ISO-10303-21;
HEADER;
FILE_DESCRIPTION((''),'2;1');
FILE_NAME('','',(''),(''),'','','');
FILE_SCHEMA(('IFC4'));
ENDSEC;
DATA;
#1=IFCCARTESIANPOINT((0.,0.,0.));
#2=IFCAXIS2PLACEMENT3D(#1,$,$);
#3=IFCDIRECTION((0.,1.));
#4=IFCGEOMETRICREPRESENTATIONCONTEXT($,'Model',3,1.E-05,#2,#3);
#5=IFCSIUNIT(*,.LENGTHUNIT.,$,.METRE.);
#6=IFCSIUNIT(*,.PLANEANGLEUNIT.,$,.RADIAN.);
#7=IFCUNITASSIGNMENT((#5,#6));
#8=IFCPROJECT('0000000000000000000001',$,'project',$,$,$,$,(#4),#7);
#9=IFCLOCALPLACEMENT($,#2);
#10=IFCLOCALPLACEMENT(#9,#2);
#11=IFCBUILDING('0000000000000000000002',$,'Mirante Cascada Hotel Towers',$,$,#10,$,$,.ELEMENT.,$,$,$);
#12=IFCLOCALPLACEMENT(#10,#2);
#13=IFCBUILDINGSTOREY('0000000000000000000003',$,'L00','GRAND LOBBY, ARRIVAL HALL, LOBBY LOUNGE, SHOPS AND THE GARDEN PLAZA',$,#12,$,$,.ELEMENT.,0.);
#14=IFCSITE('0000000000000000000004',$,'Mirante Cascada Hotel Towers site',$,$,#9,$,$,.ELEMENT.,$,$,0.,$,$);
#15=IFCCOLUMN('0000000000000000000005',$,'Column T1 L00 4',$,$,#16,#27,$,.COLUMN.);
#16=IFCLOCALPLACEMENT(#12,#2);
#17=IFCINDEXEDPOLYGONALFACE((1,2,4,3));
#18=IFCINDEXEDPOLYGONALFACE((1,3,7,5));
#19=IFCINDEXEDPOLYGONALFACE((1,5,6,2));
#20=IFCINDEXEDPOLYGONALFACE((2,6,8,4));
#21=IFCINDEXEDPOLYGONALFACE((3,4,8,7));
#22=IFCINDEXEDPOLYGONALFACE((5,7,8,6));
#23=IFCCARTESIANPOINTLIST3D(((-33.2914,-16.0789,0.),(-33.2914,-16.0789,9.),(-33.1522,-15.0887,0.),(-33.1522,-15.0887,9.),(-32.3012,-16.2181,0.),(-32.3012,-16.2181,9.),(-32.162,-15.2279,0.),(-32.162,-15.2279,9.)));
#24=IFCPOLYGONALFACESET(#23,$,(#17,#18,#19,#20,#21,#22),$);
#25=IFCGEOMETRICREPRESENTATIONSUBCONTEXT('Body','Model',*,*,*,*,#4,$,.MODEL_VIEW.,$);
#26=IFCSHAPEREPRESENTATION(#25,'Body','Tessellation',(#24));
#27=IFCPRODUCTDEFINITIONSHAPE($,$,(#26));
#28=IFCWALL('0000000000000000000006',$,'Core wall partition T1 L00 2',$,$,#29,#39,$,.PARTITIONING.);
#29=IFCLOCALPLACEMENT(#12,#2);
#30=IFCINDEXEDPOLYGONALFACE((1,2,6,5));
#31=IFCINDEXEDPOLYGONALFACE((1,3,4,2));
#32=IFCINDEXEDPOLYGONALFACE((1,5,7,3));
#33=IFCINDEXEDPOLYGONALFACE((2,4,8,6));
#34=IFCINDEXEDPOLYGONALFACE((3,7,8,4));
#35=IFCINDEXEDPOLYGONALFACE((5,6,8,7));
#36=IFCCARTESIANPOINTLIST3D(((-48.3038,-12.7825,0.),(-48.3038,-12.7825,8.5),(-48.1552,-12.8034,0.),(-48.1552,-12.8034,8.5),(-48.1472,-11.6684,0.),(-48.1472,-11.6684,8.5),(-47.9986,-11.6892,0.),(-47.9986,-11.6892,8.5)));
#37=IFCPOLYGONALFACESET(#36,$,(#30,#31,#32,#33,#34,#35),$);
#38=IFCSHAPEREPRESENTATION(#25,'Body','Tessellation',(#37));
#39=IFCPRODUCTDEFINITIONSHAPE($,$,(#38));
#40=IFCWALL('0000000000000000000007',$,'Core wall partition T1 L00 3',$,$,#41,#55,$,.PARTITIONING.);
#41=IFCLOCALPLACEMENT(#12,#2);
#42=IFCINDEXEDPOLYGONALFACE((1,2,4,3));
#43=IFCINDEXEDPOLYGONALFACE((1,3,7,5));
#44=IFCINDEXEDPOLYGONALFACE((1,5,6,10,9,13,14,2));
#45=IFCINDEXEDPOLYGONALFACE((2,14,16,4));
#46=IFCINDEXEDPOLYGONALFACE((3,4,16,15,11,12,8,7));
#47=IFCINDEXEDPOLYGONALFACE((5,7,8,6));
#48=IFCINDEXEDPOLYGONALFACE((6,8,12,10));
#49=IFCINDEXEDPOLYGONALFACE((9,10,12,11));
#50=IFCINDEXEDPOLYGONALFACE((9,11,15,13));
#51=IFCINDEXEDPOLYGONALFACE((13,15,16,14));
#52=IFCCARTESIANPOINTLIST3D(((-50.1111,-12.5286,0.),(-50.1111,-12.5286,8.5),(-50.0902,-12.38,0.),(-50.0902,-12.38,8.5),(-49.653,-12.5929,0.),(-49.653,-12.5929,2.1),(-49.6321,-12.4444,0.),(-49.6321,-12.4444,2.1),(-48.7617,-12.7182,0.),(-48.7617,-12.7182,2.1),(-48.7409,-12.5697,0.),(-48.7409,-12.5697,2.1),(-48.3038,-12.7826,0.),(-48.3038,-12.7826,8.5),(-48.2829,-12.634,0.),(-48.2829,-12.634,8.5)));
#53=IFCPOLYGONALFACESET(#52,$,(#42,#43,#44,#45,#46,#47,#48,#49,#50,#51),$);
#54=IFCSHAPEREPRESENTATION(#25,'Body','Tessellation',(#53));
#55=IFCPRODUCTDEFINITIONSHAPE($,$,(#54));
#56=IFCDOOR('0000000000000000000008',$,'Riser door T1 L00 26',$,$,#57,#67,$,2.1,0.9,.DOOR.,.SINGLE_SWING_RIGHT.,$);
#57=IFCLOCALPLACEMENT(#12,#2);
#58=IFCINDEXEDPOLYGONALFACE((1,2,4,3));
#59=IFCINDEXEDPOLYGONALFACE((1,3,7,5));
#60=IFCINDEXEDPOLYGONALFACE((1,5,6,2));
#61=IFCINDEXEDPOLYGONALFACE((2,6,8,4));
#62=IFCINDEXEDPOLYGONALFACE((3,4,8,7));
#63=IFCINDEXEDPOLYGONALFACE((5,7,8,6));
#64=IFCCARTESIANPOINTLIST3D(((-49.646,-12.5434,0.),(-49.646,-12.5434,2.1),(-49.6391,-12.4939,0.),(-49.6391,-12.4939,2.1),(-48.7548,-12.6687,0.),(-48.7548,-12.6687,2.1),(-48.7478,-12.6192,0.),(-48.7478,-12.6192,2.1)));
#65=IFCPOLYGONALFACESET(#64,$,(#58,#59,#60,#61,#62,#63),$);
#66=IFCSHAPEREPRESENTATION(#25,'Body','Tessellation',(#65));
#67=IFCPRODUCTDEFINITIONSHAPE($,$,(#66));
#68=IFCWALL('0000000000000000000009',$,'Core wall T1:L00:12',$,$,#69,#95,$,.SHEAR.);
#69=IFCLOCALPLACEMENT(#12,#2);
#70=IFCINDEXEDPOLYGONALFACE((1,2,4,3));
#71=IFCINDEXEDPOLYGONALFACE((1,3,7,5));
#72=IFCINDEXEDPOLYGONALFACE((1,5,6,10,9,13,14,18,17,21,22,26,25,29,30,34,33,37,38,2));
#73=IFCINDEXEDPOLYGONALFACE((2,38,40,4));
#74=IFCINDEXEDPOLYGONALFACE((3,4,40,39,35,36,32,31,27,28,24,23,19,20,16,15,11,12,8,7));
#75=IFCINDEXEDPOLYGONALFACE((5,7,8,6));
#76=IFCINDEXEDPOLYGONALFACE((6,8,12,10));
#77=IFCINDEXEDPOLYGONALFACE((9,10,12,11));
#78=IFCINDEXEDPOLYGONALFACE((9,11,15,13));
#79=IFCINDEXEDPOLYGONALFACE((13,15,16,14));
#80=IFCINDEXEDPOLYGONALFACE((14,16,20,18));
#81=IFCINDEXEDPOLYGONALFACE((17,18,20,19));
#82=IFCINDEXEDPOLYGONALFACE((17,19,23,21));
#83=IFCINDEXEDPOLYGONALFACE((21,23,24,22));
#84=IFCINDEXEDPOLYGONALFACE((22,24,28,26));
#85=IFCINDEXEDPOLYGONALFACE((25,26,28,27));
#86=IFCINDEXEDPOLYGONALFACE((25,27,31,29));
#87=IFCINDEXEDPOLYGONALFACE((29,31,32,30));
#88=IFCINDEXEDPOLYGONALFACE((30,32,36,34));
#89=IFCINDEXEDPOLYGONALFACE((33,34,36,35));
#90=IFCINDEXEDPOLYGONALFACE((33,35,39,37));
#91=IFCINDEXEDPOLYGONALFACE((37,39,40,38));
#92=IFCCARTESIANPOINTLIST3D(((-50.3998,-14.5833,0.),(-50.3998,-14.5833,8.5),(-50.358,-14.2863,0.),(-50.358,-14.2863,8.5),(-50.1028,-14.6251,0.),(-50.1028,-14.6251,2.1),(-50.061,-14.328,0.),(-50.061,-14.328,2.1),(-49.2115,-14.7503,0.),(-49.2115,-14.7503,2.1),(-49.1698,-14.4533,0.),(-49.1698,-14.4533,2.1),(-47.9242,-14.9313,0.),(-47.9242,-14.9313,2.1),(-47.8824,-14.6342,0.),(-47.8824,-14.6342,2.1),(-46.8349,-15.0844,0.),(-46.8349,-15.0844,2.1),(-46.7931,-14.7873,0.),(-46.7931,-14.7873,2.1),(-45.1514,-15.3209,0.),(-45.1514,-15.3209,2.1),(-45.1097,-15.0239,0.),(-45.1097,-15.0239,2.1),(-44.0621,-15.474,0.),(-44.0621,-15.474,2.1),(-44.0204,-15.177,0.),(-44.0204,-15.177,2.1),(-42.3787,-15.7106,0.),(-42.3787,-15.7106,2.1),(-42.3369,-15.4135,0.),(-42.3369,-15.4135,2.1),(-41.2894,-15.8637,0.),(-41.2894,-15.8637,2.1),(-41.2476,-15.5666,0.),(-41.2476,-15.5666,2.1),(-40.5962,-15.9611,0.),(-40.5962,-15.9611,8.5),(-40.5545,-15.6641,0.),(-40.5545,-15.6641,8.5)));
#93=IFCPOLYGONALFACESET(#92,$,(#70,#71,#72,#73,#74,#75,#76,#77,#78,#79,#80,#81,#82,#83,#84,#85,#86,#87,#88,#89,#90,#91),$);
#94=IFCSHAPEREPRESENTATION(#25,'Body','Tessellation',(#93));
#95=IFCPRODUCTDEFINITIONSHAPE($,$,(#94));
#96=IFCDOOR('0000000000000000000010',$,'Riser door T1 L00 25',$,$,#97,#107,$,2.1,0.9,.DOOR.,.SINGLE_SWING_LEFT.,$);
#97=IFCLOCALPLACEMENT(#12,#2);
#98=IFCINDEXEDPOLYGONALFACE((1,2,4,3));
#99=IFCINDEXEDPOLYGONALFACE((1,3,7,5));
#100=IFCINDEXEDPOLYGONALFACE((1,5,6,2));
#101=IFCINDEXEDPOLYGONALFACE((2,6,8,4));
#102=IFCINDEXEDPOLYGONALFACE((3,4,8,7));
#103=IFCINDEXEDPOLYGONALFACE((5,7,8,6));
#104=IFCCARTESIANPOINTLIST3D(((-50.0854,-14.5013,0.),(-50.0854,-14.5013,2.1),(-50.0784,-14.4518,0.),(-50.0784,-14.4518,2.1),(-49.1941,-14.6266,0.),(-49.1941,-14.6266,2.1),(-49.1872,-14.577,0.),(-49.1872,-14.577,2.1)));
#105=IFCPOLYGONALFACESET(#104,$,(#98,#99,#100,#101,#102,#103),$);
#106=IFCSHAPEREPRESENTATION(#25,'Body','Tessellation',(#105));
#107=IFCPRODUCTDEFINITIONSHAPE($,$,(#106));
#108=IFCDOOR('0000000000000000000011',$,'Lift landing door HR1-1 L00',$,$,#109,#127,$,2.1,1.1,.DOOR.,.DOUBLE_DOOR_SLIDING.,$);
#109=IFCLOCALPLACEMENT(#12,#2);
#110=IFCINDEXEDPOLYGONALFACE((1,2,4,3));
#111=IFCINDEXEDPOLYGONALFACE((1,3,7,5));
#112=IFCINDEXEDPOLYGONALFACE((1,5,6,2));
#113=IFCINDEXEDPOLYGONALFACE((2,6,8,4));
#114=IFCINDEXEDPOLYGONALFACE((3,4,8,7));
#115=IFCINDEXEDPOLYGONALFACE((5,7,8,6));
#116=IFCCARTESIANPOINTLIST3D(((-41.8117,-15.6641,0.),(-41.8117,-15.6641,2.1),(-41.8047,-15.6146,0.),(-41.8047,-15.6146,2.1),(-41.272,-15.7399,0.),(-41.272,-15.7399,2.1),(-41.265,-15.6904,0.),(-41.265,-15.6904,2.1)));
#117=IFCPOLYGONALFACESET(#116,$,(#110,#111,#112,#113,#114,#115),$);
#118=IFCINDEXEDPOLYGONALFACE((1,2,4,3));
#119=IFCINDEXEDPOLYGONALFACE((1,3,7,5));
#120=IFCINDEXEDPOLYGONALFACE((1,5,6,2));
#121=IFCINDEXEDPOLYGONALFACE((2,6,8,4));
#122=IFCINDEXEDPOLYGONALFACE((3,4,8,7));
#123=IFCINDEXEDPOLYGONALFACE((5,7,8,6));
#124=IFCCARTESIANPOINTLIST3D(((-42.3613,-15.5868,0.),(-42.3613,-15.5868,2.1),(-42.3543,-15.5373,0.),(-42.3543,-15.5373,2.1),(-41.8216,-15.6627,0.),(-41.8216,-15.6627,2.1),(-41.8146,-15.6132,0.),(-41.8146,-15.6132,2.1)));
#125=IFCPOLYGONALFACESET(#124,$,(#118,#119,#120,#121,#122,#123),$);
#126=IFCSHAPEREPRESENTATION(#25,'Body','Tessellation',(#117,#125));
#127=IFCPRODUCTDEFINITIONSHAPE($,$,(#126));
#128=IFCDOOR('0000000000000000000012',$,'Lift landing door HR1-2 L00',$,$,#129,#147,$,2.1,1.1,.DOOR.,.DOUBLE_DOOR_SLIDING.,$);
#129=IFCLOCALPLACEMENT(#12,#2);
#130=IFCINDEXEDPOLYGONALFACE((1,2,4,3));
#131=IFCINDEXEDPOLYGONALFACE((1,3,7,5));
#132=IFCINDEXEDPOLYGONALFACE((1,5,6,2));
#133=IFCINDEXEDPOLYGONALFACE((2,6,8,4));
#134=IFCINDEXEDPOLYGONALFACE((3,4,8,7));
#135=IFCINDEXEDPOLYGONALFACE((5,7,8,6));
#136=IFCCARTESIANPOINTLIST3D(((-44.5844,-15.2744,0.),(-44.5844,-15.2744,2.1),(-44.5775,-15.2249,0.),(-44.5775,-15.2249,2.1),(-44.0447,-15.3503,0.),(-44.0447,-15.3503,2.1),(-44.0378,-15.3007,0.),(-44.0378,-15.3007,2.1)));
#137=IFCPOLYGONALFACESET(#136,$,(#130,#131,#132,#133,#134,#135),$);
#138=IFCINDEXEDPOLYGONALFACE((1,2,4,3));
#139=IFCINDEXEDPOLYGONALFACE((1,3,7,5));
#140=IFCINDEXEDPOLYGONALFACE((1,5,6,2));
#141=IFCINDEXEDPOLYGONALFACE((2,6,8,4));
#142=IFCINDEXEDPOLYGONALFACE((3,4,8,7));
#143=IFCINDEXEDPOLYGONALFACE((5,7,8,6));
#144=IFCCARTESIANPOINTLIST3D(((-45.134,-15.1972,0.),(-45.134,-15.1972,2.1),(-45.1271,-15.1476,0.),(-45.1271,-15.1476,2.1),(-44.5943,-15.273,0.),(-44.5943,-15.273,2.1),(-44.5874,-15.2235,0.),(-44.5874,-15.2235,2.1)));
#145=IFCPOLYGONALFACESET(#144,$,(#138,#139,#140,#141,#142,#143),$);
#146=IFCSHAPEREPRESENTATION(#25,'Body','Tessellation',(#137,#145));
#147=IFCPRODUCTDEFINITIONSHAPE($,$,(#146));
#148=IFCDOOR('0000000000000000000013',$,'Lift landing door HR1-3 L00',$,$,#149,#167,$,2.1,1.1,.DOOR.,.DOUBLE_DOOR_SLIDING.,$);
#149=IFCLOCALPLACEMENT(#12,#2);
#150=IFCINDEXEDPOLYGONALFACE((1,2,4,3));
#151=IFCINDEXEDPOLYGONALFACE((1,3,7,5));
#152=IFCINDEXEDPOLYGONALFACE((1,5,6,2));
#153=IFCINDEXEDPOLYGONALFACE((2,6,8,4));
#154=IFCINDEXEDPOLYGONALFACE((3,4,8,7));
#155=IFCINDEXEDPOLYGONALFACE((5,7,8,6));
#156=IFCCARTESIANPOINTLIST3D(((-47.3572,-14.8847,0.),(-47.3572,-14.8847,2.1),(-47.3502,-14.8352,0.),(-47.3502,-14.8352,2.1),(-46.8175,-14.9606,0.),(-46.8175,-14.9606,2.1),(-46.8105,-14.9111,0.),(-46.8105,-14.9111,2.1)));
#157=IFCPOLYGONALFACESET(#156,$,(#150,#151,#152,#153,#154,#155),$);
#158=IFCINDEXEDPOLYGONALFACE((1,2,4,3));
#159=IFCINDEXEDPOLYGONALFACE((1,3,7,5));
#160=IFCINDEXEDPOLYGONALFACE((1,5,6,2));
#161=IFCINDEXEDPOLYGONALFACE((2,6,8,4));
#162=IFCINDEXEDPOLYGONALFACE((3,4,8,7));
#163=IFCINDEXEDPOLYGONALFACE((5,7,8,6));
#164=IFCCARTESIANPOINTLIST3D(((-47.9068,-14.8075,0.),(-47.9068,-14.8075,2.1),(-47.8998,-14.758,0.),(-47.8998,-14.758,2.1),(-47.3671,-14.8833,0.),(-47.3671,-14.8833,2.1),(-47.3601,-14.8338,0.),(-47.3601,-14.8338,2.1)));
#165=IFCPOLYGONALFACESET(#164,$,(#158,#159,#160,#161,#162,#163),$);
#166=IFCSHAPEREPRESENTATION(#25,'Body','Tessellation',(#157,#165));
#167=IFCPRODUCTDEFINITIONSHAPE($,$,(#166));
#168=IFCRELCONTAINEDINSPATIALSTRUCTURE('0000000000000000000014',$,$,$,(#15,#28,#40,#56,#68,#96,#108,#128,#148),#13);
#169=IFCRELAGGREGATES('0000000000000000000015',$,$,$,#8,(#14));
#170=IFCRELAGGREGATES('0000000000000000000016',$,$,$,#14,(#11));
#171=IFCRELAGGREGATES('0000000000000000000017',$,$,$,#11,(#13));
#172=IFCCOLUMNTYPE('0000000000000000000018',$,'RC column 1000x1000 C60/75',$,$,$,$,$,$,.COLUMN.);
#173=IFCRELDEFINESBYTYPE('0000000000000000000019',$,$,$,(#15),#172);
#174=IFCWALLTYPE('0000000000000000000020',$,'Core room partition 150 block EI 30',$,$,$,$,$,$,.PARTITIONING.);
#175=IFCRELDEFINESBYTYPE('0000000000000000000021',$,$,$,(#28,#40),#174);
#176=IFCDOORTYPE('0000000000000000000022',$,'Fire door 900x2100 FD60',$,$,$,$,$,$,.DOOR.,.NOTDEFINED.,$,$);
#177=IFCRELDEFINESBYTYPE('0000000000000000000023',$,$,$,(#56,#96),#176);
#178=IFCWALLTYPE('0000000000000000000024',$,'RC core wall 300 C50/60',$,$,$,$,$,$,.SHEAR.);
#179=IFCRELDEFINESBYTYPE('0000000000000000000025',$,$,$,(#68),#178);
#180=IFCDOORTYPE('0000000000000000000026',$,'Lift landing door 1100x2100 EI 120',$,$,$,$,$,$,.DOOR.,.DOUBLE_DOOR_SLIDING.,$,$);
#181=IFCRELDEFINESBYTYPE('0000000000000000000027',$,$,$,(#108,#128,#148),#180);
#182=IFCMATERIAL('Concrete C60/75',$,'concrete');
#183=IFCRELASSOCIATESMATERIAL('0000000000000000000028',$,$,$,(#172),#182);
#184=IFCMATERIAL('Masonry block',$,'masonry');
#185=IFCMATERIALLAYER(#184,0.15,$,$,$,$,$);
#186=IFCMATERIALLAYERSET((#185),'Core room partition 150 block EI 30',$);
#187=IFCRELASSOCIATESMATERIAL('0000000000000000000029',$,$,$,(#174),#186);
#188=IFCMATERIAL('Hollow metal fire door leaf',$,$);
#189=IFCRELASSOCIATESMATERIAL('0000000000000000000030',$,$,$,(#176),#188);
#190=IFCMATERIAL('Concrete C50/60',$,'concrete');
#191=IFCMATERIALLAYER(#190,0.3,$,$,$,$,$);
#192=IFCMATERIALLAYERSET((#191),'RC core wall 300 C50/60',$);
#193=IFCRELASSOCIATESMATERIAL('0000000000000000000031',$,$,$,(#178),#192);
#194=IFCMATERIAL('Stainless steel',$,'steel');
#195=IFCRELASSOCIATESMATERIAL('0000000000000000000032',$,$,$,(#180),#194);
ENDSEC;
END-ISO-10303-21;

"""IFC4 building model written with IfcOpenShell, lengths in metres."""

from ifc_helpers import new_model, si_unit, direction, frame, frame_2d, origin, origin_2d, place, context, subcontext, project, spatial, rectangle, extrude, material, layer, layer_set, material_profile, profile_set, type_object, element, fill, save


model = new_model("IFC4")

# Units and contexts
model_context = context("Model", 3, precision=1e-05, world=origin(), true_north=direction((0.0, 1.0)))
body_context = subcontext(model_context, "Body", "Model", "MODEL_VIEW")
ifc_project = project(units=[si_unit("LENGTHUNIT", "METRE"), si_unit("PLANEANGLEUNIT", "RADIAN")], contexts=[model_context])

# Site, building, storey
site_placement = place(None, origin())
site = spatial("IfcSite", under=ifc_project, at=site_placement, Name="Mirante Cascada Hotel Towers site", CompositionType="ELEMENT", RefElevation=0.0)
building_placement = place(site_placement, origin())
building = spatial("IfcBuilding", under=site, at=building_placement, Name="Mirante Cascada Hotel Towers", CompositionType="ELEMENT")
storey_placement = place(building_placement, origin())
storey = spatial("IfcBuildingStorey", under=building, at=storey_placement, Name="L00", Description="GRAND LOBBY, ARRIVAL HALL, LOBBY LOUNGE, SHOPS AND THE GARDEN PLAZA", CompositionType="ELEMENT", Elevation=0.0)

# Column
ifc_material_1 = material(Name="Concrete C60/75", Category="concrete")
ifc_material_profile = material_profile(ifc_material_1, rectangle(XDim=1.0, YDim=1.0, at=origin_2d()), Name="RC column 1000x1000 C60/75")
ifc_profile_set = profile_set([ifc_material_profile], Name="Concrete C60/75")
column_type = type_object("IfcColumnType", Name="RC column 1000x1000 C60/75", PredefinedType="COLUMN", material=ifc_profile_set)
column_placement = place(storey_placement, frame((-32.7267, -15.6534, 0.0), z_axis=(0.0, 0.0, 1.0), x_axis=(-0.990268, 0.139173, 0.0)))
element("IfcColumn", 1, at=column_placement, inside=storey, type_object=column_type, Name="Column T1 L00 4", PredefinedType="COLUMN", context=body_context, shape_type="SweptSolid", body=[
    extrude(rectangle(XDim=1.0, YDim=1.0, at=origin_2d()), origin(), (0.0, 0.0, 1.0), 9.0),
])

# Wall
ifc_material_2 = material(Name="Masonry block", Category="masonry")
ifc_layer_1 = layer(ifc_material_2, 0.15)
ifc_layer_set_1 = layer_set([ifc_layer_1], Name="Core room partition 150 block EI 30")
wall_type_1 = type_object("IfcWallType", Name="Core room partition 150 block EI 30", PredefinedType="PARTITIONING", material=ifc_layer_set_1)
wall_1_placement = place(storey_placement, frame((-48.2295, -12.793, 0.0), z_axis=(0.0, 0.0, 1.0), x_axis=(0.139193, 0.990265, 0.0)))
element("IfcWall", 2, at=wall_1_placement, inside=storey, type_object=wall_type_1, Name="Core wall partition T1 L00 2", PredefinedType="PARTITIONING", context=body_context, shape_type="SweptSolid", body=[
    extrude(rectangle(XDim=1.1251, YDim=0.15, at=frame_2d((0.5626, 0.0))), origin(), (0.0, 0.0, 1.0), 8.5),
])

# Wall, opening, door
wall_2_placement = place(storey_placement, frame((-48.2933, -12.7083, 0.0), z_axis=(0.0, 0.0, 1.0), x_axis=(-0.990268, 0.139173, 0.0)))
wall_2 = element("IfcWall", 3, at=wall_2_placement, inside=storey, type_object=wall_type_1, Name="Core wall partition T1 L00 3", PredefinedType="PARTITIONING", context=body_context, shape_type="SweptSolid", body=[
    extrude(rectangle(XDim=1.8251, YDim=0.15, at=frame_2d((0.9126, 0.0))), origin(), (0.0, 0.0, 1.0), 8.5),
])
opening_1_placement = place(wall_2_placement, frame((0.4625, 0.0, 0.0)))
opening_1 = element("IfcOpeningElement", 4, at=opening_1_placement, cuts=wall_2, PredefinedType="OPENING", context=body_context, shape_type="SweptSolid", body=[
    extrude(rectangle(XDim=0.9, YDim=2.1, at=frame_2d((0.45, 1.05))), frame((0.0, 0.075, 0.0), z_axis=(0.0, -1.0, 0.0), x_axis=(1.0, 0.0, 0.0)), (0.0, 0.0, 1.0), 0.15),
])
ifc_material_3 = material(Name="Hollow metal fire door leaf")
door_type_1 = type_object("IfcDoorType", Name="Fire door 900x2100 FD60", OperationType="NOTDEFINED", PredefinedType="DOOR", material=ifc_material_3)
door_1_placement = place(opening_1_placement, origin())
door_1 = element("IfcDoor", 5, at=door_1_placement, inside=storey, type_object=door_type_1, Name="Riser door T1 L00 26", OperationType="SINGLE_SWING_RIGHT", OverallHeight=2.1, OverallWidth=0.9, PredefinedType="DOOR", context=body_context, shape_type="SweptSolid", body=[
    extrude(rectangle(XDim=0.9, YDim=2.1, at=frame_2d((0.45, 1.05))), frame((0.0, 0.025, 0.0), z_axis=(0.0, -1.0, 0.0), x_axis=(1.0, 0.0, 0.0)), (0.0, 0.0, 1.0), 0.05),
])
fill(opening_1, door_1)

# Wall, openings, doors
ifc_material_4 = material(Name="Concrete C50/60", Category="concrete")
ifc_layer_2 = layer(ifc_material_4, 0.3)
ifc_layer_set_2 = layer_set([ifc_layer_2], Name="RC core wall 300 C50/60")
wall_type_2 = type_object("IfcWallType", Name="RC core wall 300 C50/60", PredefinedType="SHEAR", material=ifc_layer_set_2)
wall_3_placement = place(storey_placement, frame((-40.5753, -15.8126, 0.0), z_axis=(0.0, 0.0, 1.0), x_axis=(-0.990268, 0.139173, 0.0)))
wall_3 = element("IfcWall", 6, at=wall_3_placement, inside=storey, type_object=wall_type_2, Name="Core wall T1:L00:12", PredefinedType="SHEAR", context=body_context, shape_type="SweptSolid", body=[
    extrude(rectangle(XDim=9.8999, YDim=0.3, at=frame_2d((4.95, 0.0))), origin(), (0.0, 0.0, 1.0), 8.5),
])
opening_2_placement = place(wall_3_placement, frame((0.7, 0.0, 0.0)))
opening_2 = element("IfcOpeningElement", 7, at=opening_2_placement, cuts=wall_3, PredefinedType="OPENING", context=body_context, shape_type="SweptSolid", body=[
    extrude(rectangle(XDim=1.1, YDim=2.1, at=frame_2d((0.55, 1.05))), frame((0.0, 0.15, 0.0), z_axis=(0.0, -1.0, 0.0), x_axis=(1.0, 0.0, 0.0)), (0.0, 0.0, 1.0), 0.3),
])
opening_3_placement = place(wall_3_placement, frame((3.5, 0.0, 0.0)))
opening_3 = element("IfcOpeningElement", 8, at=opening_3_placement, cuts=wall_3, PredefinedType="OPENING", context=body_context, shape_type="SweptSolid", body=[
    extrude(rectangle(XDim=1.1, YDim=2.1, at=frame_2d((0.55, 1.05))), frame((0.0, 0.15, 0.0), z_axis=(0.0, -1.0, 0.0), x_axis=(1.0, 0.0, 0.0)), (0.0, 0.0, 1.0), 0.3),
])
opening_4_placement = place(wall_3_placement, frame((6.3, 0.0, 0.0)))
opening_4 = element("IfcOpeningElement", 9, at=opening_4_placement, cuts=wall_3, PredefinedType="OPENING", context=body_context, shape_type="SweptSolid", body=[
    extrude(rectangle(XDim=1.1, YDim=2.1, at=frame_2d((0.55, 1.05))), frame((0.0, 0.15, 0.0), z_axis=(0.0, -1.0, 0.0), x_axis=(1.0, 0.0, 0.0)), (0.0, 0.0, 1.0), 0.3),
])
opening_5_placement = place(wall_3_placement, frame((8.7, 0.0, 0.0)))
opening_5 = element("IfcOpeningElement", 10, at=opening_5_placement, cuts=wall_3, PredefinedType="OPENING", context=body_context, shape_type="SweptSolid", body=[
    extrude(rectangle(XDim=0.9, YDim=2.1, at=frame_2d((0.45, 1.05))), frame((0.0, 0.15, 0.0), z_axis=(0.0, -1.0, 0.0), x_axis=(1.0, 0.0, 0.0)), (0.0, 0.0, 1.0), 0.3),
])
door_2_placement = place(opening_5_placement, origin())
door_2 = element("IfcDoor", 11, at=door_2_placement, inside=storey, type_object=door_type_1, Name="Riser door T1 L00 25", OperationType="SINGLE_SWING_LEFT", OverallHeight=2.1, OverallWidth=0.9, PredefinedType="DOOR", context=body_context, shape_type="SweptSolid", body=[
    extrude(rectangle(XDim=0.9, YDim=2.1, at=frame_2d((0.45, 1.05))), frame((0.0, 0.025, 0.0), z_axis=(0.0, -1.0, 0.0), x_axis=(1.0, 0.0, 0.0)), (0.0, 0.0, 1.0), 0.05),
])
fill(opening_5, door_2)
ifc_material_5 = material(Name="Stainless steel", Category="steel")
door_type_2 = type_object("IfcDoorType", Name="Lift landing door 1100x2100 EI 120", OperationType="DOUBLE_DOOR_SLIDING", PredefinedType="DOOR", material=ifc_material_5)
door_3_placement = place(opening_2_placement, origin())
door_3 = element("IfcDoor", 12, at=door_3_placement, inside=storey, type_object=door_type_2, Name="Lift landing door HR1-1 L00", OperationType="DOUBLE_DOOR_SLIDING", OverallHeight=2.1, OverallWidth=1.1, PredefinedType="DOOR", context=body_context, shape_type="SweptSolid", body=[
    extrude(rectangle(XDim=0.545, YDim=2.1, at=frame_2d((0.2725, 1.05))), frame((0.0, 0.025, 0.0), z_axis=(0.0, -1.0, 0.0), x_axis=(1.0, 0.0, 0.0)), (0.0, 0.0, 1.0), 0.05),
    extrude(rectangle(XDim=0.545, YDim=2.1, at=frame_2d((0.8275, 1.05))), frame((0.0, 0.025, 0.0), z_axis=(0.0, -1.0, 0.0), x_axis=(1.0, 0.0, 0.0)), (0.0, 0.0, 1.0), 0.05),
])
fill(opening_2, door_3)
door_4_placement = place(opening_3_placement, origin())
door_4 = element("IfcDoor", 13, at=door_4_placement, inside=storey, type_object=door_type_2, Name="Lift landing door HR1-2 L00", OperationType="DOUBLE_DOOR_SLIDING", OverallHeight=2.1, OverallWidth=1.1, PredefinedType="DOOR", context=body_context, shape_type="SweptSolid", body=[
    extrude(rectangle(XDim=0.545, YDim=2.1, at=frame_2d((0.2725, 1.05))), frame((0.0, 0.025, 0.0), z_axis=(0.0, -1.0, 0.0), x_axis=(1.0, 0.0, 0.0)), (0.0, 0.0, 1.0), 0.05),
    extrude(rectangle(XDim=0.545, YDim=2.1, at=frame_2d((0.8275, 1.05))), frame((0.0, 0.025, 0.0), z_axis=(0.0, -1.0, 0.0), x_axis=(1.0, 0.0, 0.0)), (0.0, 0.0, 1.0), 0.05),
])
fill(opening_3, door_4)
door_5_placement = place(opening_4_placement, origin())
door_5 = element("IfcDoor", 14, at=door_5_placement, inside=storey, type_object=door_type_2, Name="Lift landing door HR1-3 L00", OperationType="DOUBLE_DOOR_SLIDING", OverallHeight=2.1, OverallWidth=1.1, PredefinedType="DOOR", context=body_context, shape_type="SweptSolid", body=[
    extrude(rectangle(XDim=0.545, YDim=2.1, at=frame_2d((0.2725, 1.05))), frame((0.0, 0.025, 0.0), z_axis=(0.0, -1.0, 0.0), x_axis=(1.0, 0.0, 0.0)), (0.0, 0.0, 1.0), 0.05),
    extrude(rectangle(XDim=0.545, YDim=2.1, at=frame_2d((0.8275, 1.05))), frame((0.0, 0.025, 0.0), z_axis=(0.0, -1.0, 0.0), x_axis=(1.0, 0.0, 0.0)), (0.0, 0.0, 1.0), 0.05),
])
fill(opening_4, door_5)

save(model, "model.ifc")
